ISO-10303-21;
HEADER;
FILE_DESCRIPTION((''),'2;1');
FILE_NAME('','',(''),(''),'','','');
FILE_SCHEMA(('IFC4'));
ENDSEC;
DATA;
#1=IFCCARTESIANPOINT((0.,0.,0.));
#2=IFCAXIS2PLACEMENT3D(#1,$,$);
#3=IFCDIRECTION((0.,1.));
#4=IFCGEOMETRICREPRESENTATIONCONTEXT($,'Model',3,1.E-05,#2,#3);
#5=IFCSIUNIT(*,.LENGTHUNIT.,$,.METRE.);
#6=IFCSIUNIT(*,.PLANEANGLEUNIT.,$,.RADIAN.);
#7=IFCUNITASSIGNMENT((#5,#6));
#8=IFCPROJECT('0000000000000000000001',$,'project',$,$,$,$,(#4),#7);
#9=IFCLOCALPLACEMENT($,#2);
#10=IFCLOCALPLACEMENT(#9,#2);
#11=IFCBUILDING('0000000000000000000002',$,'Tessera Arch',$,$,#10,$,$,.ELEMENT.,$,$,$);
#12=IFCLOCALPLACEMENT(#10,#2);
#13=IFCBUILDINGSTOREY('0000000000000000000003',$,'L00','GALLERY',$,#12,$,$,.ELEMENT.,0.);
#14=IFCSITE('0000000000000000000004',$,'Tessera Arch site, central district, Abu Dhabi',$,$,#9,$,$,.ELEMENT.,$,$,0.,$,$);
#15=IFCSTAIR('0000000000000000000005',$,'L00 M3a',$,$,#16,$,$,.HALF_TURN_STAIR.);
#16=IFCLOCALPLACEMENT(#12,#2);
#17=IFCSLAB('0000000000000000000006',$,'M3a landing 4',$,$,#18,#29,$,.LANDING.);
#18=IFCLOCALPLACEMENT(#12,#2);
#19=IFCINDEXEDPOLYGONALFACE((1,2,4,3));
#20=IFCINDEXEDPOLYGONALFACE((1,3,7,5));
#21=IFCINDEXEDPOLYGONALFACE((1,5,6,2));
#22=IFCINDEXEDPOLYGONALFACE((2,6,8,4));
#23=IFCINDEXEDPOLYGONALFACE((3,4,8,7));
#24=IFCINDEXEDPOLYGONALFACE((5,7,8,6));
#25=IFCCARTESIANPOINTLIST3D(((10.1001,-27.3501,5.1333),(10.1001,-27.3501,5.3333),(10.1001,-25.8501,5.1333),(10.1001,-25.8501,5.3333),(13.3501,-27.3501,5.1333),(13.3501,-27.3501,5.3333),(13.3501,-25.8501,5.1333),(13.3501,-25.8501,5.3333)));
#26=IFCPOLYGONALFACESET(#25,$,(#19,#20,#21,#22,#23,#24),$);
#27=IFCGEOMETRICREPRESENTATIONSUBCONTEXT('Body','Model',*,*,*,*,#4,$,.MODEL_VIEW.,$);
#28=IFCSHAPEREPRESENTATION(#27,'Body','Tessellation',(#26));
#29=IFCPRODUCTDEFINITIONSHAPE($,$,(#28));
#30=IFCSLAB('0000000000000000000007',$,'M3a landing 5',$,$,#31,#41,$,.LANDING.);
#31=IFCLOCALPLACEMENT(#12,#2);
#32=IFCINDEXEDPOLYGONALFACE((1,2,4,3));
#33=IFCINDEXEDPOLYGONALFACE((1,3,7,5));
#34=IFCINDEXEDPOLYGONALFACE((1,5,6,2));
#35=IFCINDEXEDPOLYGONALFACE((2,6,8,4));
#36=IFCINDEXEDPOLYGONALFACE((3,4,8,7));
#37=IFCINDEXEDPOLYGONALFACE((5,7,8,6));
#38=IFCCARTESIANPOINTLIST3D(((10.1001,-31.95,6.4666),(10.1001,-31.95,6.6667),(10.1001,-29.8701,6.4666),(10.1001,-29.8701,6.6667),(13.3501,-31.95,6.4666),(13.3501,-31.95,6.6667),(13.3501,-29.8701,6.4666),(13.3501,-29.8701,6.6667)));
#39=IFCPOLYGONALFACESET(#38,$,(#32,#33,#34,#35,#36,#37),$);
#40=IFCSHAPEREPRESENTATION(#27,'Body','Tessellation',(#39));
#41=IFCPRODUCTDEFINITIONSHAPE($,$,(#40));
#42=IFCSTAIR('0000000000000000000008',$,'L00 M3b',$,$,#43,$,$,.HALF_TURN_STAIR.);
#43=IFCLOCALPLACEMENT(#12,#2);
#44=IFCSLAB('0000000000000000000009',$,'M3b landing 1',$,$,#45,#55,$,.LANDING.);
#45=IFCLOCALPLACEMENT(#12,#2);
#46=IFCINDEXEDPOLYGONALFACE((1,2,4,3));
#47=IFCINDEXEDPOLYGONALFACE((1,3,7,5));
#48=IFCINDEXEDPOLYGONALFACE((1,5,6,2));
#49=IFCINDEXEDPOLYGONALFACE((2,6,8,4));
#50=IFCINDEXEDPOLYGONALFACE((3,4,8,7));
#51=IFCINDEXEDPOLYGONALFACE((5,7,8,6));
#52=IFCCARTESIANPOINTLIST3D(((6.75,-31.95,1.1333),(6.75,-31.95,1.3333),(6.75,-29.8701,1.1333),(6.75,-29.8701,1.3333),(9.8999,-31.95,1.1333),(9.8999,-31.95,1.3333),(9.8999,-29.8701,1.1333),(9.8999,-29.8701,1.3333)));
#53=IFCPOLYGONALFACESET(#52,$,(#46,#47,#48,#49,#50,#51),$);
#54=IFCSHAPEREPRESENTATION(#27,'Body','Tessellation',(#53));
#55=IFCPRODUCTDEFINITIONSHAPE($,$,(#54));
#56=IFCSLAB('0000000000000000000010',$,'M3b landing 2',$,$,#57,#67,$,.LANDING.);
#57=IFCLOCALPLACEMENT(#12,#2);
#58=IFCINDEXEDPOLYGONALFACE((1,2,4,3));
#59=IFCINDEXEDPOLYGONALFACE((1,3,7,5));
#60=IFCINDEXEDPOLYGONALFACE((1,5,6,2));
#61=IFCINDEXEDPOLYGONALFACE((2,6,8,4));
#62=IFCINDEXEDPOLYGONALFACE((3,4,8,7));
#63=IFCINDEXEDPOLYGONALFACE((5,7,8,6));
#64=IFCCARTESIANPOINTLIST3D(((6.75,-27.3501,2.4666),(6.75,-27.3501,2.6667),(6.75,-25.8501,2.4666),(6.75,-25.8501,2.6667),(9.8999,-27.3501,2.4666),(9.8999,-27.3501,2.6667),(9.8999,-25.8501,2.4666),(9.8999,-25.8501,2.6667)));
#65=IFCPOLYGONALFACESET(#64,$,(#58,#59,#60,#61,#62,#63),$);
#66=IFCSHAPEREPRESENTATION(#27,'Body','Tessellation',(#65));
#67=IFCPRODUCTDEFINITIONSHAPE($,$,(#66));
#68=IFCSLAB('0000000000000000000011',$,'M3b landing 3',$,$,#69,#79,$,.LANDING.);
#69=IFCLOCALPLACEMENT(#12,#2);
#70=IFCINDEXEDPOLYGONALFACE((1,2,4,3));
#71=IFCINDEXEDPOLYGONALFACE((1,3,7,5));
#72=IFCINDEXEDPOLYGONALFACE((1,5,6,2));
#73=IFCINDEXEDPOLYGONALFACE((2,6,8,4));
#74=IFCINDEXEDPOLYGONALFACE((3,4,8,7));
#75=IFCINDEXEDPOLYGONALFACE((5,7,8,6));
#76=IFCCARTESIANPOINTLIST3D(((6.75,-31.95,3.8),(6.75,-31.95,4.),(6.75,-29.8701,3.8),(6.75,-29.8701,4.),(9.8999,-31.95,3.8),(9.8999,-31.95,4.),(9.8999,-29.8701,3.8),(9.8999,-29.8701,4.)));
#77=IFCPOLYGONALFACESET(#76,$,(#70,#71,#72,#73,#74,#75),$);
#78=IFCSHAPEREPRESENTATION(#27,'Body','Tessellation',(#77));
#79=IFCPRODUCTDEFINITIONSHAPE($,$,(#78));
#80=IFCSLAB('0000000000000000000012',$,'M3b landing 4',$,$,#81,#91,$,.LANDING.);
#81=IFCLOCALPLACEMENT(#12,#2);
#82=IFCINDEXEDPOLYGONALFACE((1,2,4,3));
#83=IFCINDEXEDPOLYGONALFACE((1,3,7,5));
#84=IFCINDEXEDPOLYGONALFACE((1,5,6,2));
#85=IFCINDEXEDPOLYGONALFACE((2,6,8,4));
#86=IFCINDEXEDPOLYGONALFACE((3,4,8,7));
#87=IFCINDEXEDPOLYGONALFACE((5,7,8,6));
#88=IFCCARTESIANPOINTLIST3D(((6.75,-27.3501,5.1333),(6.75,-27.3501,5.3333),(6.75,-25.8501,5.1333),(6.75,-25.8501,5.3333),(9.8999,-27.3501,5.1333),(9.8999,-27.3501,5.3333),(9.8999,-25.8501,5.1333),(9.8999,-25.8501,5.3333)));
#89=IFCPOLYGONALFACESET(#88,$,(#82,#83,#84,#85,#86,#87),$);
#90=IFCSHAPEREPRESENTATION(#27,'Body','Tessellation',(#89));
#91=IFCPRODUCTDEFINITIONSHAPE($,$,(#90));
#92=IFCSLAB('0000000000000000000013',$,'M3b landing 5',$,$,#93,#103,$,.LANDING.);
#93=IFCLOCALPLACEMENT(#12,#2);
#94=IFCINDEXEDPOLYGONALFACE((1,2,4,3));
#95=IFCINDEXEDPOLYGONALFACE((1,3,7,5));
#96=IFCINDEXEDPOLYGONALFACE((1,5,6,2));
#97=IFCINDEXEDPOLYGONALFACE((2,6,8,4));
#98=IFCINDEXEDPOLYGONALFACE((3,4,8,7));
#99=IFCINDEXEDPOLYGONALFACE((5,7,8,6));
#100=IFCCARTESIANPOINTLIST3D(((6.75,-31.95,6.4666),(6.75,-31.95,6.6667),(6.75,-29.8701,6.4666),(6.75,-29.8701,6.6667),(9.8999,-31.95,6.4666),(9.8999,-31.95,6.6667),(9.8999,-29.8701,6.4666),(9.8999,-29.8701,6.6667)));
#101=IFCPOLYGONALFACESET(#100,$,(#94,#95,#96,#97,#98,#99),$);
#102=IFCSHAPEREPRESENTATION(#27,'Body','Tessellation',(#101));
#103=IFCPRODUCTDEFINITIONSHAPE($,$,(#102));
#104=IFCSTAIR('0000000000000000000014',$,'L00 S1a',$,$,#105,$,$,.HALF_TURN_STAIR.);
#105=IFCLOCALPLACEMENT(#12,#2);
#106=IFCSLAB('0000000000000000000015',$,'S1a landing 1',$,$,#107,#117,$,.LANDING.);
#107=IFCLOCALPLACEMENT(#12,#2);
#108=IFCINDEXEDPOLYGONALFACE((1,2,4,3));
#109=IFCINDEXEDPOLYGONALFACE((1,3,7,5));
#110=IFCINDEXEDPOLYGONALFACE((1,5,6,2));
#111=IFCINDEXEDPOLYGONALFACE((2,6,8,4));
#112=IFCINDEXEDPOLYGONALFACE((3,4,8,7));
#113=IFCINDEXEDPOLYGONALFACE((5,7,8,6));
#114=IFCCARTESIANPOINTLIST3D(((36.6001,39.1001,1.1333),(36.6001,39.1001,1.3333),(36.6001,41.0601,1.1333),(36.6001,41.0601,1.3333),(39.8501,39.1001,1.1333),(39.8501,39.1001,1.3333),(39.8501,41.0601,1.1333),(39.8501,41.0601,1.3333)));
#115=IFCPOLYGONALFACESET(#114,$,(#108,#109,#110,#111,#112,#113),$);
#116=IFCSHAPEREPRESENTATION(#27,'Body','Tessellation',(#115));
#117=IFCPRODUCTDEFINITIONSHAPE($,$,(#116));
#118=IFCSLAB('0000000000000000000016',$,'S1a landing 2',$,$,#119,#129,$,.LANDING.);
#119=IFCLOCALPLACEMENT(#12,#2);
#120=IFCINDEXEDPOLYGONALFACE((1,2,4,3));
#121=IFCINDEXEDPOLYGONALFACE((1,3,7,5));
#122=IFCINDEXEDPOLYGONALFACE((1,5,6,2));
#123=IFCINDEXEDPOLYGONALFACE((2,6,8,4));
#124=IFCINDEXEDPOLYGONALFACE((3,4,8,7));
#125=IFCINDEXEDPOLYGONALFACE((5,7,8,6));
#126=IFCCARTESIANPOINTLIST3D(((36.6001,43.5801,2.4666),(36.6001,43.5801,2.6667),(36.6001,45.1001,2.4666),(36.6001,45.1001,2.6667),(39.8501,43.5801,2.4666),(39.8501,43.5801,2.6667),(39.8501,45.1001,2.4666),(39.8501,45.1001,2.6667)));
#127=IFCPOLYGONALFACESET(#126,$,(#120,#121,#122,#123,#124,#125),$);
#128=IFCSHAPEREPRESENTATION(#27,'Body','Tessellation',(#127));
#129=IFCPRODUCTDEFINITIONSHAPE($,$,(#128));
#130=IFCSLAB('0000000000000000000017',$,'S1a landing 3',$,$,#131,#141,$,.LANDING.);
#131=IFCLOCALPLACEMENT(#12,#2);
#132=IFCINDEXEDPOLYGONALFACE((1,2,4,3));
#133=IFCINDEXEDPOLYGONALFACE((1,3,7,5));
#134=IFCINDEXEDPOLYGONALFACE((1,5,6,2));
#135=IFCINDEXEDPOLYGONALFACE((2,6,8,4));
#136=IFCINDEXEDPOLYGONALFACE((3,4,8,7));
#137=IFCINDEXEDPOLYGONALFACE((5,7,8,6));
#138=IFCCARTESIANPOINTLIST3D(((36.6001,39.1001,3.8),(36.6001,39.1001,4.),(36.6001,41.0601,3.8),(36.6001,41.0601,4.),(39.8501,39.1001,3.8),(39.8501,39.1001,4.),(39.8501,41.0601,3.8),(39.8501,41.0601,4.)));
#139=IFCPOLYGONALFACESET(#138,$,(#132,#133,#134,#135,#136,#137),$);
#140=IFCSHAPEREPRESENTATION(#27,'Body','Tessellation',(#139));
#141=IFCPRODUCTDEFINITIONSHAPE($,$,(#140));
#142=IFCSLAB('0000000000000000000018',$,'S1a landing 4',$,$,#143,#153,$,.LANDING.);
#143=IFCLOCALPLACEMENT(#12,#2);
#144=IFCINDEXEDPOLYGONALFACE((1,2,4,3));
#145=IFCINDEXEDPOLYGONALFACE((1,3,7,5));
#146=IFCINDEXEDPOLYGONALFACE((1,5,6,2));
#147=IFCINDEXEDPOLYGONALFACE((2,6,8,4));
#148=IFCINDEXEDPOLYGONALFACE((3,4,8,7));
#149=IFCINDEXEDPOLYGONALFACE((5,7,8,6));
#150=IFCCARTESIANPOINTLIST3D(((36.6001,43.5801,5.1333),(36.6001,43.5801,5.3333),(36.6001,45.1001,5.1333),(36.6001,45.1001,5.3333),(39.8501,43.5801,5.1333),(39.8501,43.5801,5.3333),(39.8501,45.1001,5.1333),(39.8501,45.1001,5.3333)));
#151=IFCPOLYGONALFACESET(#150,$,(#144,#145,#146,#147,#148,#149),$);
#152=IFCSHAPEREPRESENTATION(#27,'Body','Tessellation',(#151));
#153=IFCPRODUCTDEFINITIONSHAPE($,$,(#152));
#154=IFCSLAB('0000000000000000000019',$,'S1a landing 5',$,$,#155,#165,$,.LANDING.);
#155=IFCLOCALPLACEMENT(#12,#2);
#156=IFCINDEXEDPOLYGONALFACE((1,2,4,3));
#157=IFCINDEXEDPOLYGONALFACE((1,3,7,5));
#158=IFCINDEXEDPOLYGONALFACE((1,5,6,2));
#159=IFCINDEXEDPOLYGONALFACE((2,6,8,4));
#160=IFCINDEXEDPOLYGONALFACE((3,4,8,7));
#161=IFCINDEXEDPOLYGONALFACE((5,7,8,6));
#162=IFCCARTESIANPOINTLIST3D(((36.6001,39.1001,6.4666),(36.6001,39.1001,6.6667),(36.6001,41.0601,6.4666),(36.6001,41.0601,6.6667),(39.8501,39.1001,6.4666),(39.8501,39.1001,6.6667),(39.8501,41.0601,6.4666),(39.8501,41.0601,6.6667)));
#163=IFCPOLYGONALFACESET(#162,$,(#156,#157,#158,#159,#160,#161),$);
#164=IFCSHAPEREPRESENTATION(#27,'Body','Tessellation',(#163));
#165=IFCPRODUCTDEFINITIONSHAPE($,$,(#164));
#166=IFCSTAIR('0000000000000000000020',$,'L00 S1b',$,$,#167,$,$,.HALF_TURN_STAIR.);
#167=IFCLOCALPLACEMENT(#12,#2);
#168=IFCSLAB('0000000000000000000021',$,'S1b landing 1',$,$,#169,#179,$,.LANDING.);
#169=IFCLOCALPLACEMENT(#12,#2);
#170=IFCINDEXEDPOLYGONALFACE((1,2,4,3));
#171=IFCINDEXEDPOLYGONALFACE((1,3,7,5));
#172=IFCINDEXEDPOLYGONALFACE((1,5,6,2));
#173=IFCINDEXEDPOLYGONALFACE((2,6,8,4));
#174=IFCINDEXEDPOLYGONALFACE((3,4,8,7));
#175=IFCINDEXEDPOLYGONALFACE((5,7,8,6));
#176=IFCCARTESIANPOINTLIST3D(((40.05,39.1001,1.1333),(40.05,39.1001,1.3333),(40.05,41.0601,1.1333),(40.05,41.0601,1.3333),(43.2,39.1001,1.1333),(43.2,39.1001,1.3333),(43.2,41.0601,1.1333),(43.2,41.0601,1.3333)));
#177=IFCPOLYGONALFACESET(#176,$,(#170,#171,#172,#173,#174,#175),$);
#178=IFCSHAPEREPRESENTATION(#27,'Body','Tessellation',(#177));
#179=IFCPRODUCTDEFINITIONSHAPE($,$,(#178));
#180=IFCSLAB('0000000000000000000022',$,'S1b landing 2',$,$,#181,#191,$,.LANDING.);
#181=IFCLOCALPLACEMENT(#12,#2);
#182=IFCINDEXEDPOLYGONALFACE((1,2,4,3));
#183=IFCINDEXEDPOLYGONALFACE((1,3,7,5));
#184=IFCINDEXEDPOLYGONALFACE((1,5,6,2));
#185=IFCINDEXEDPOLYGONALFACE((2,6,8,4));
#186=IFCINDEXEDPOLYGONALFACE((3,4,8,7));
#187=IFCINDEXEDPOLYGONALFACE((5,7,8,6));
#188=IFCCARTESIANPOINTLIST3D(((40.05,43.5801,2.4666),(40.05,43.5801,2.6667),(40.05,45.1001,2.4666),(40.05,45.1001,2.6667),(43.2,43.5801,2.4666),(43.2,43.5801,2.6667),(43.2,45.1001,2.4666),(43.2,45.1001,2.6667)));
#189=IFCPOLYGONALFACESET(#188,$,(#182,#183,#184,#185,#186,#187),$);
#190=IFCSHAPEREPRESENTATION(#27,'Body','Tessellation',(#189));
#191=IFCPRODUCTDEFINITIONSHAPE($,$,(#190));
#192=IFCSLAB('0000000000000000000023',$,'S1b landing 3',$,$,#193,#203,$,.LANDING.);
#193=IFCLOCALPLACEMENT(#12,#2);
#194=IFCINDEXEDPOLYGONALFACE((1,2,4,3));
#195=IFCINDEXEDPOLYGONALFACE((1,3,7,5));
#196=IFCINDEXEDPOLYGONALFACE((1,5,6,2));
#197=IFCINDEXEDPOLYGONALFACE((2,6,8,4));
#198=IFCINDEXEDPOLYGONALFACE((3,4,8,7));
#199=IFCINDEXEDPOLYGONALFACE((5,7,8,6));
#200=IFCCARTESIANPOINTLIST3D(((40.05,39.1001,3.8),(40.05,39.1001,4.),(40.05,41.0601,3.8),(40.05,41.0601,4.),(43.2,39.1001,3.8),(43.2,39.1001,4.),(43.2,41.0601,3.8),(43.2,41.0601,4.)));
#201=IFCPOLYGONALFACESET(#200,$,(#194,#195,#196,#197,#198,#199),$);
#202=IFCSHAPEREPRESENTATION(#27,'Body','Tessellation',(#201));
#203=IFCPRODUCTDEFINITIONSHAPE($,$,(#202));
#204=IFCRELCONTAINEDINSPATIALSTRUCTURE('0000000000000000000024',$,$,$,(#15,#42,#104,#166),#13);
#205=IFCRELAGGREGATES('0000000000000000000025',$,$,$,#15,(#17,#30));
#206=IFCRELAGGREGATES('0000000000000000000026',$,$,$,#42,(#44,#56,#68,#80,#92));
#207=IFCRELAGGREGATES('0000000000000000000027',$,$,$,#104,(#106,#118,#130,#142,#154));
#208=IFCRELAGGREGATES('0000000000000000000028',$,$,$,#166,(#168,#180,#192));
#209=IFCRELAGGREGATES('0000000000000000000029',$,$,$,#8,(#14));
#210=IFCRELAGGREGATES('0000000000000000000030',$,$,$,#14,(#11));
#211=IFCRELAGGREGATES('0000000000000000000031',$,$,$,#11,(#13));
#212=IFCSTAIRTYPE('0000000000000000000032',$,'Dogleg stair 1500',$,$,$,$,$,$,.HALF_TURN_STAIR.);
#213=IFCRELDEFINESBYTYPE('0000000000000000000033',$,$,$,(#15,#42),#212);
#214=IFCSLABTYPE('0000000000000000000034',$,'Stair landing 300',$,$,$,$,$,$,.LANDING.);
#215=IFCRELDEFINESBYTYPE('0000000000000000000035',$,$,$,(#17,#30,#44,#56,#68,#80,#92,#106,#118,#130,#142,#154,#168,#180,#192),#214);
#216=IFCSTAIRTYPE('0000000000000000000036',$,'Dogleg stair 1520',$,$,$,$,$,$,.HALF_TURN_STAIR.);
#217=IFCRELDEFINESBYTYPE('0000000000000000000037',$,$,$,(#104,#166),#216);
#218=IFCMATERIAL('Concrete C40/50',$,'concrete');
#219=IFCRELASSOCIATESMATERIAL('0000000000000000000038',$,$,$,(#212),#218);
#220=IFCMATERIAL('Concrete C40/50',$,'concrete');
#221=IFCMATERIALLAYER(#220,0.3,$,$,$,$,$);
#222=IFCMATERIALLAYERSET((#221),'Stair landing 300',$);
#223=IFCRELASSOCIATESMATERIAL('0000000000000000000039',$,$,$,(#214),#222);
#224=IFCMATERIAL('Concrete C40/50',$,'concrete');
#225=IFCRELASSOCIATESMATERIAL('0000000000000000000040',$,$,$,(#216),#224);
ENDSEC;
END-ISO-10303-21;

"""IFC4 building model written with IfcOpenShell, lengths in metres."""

from ifc_helpers import new_model, si_unit, direction, frame, origin, place, context, subcontext, project, spatial, polyline, outline, extrude, material, layer, layer_set, type_object, element, aggregate, save


model = new_model("IFC4")

# Units and contexts
model_context = context("Model", 3, precision=1e-05, world=origin(), true_north=direction((0.0, 1.0)))
body_context = subcontext(model_context, "Body", "Model", "MODEL_VIEW")
ifc_project = project(units=[si_unit("LENGTHUNIT", "METRE"), si_unit("PLANEANGLEUNIT", "RADIAN")], contexts=[model_context])

# Site, building, storey
site_placement = place(None, origin())
site = spatial("IfcSite", under=ifc_project, at=site_placement, Name="Tessera Arch site, central district, Abu Dhabi", CompositionType="ELEMENT", RefElevation=0.0)
building_placement = place(site_placement, origin())
building = spatial("IfcBuilding", under=site, at=building_placement, Name="Tessera Arch", CompositionType="ELEMENT")
storey_placement = place(building_placement, origin())
storey = spatial("IfcBuildingStorey", under=building, at=storey_placement, Name="L00", Description="GALLERY", CompositionType="ELEMENT", Elevation=0.0)

# Stairs, slabs
ifc_material_1 = material(Name="Concrete C40/50", Category="concrete")
stair_type_1 = type_object("IfcStairType", Name="Dogleg stair 1500", PredefinedType="HALF_TURN_STAIR", material=ifc_material_1)
stair_1_placement = place(storey_placement, origin())
stair_1 = element("IfcStair", 1, at=stair_1_placement, inside=storey, type_object=stair_type_1, Name="L00 M3a", PredefinedType="HALF_TURN_STAIR")
ifc_material_2 = material(Name="Concrete C40/50", Category="concrete")
ifc_layer = layer(ifc_material_2, 0.3)
ifc_layer_set = layer_set([ifc_layer], Name="Stair landing 300")
slab_type = type_object("IfcSlabType", Name="Stair landing 300", PredefinedType="LANDING", material=ifc_layer_set)
slab_1_placement = place(storey_placement, frame((0.0, 0.0, 5.1333)))
slab_1 = element("IfcSlab", 2, at=slab_1_placement, type_object=slab_type, Name="M3a landing 4", PredefinedType="LANDING", context=body_context, shape_type="SweptSolid", body=[
    extrude(outline(polyline([(10.1001, -25.8501), (10.1001, -27.3501), (13.3501, -27.3501), (13.3501, -25.8501), (10.1001, -25.8501)])), origin(), (0.0, 0.0, 1.0), 0.2),
])
slab_2_placement = place(storey_placement, frame((0.0, 0.0, 6.4666)))
slab_2 = element("IfcSlab", 3, at=slab_2_placement, type_object=slab_type, Name="M3a landing 5", PredefinedType="LANDING", context=body_context, shape_type="SweptSolid", body=[
    extrude(outline(polyline([(10.1001, -29.8701), (10.1001, -31.95), (13.3501, -31.95), (13.3501, -29.8701), (10.1001, -29.8701)])), origin(), (0.0, 0.0, 1.0), 0.2002),
])
aggregate(stair_1, [slab_1, slab_2])
stair_2_placement = place(storey_placement, origin())
stair_2 = element("IfcStair", 4, at=stair_2_placement, inside=storey, type_object=stair_type_1, Name="L00 M3b", PredefinedType="HALF_TURN_STAIR")
slab_3_placement = place(storey_placement, frame((0.0, 0.0, 1.1333)))
slab_3 = element("IfcSlab", 5, at=slab_3_placement, type_object=slab_type, Name="M3b landing 1", PredefinedType="LANDING", context=body_context, shape_type="SweptSolid", body=[
    extrude(outline(polyline([(6.75, -29.8701), (6.75, -31.95), (9.8999, -31.95), (9.8999, -29.8701), (6.75, -29.8701)])), origin(), (0.0, 0.0, 1.0), 0.2),
])
slab_4_placement = place(storey_placement, frame((0.0, 0.0, 2.4666)))
slab_4 = element("IfcSlab", 6, at=slab_4_placement, type_object=slab_type, Name="M3b landing 2", PredefinedType="LANDING", context=body_context, shape_type="SweptSolid", body=[
    extrude(outline(polyline([(6.75, -25.8501), (6.75, -27.3501), (9.8999, -27.3501), (9.8999, -25.8501), (6.75, -25.8501)])), origin(), (0.0, 0.0, 1.0), 0.2002),
])
slab_5_placement = place(storey_placement, frame((0.0, 0.0, 3.8)))
slab_5 = element("IfcSlab", 7, at=slab_5_placement, type_object=slab_type, Name="M3b landing 3", PredefinedType="LANDING", context=body_context, shape_type="SweptSolid", body=[
    extrude(outline(polyline([(6.75, -29.8701), (6.75, -31.95), (9.8999, -31.95), (9.8999, -29.8701), (6.75, -29.8701)])), origin(), (0.0, 0.0, 1.0), 0.2),
])
slab_6_placement = place(storey_placement, frame((0.0, 0.0, 5.1333)))
slab_6 = element("IfcSlab", 8, at=slab_6_placement, type_object=slab_type, Name="M3b landing 4", PredefinedType="LANDING", context=body_context, shape_type="SweptSolid", body=[
    extrude(outline(polyline([(6.75, -25.8501), (6.75, -27.3501), (9.8999, -27.3501), (9.8999, -25.8501), (6.75, -25.8501)])), origin(), (0.0, 0.0, 1.0), 0.2),
])
slab_7_placement = place(storey_placement, frame((0.0, 0.0, 6.4666)))
slab_7 = element("IfcSlab", 9, at=slab_7_placement, type_object=slab_type, Name="M3b landing 5", PredefinedType="LANDING", context=body_context, shape_type="SweptSolid", body=[
    extrude(outline(polyline([(6.75, -29.8701), (6.75, -31.95), (9.8999, -31.95), (9.8999, -29.8701), (6.75, -29.8701)])), origin(), (0.0, 0.0, 1.0), 0.2002),
])
aggregate(stair_2, [slab_3, slab_4, slab_5, slab_6, slab_7])
ifc_material_3 = material(Name="Concrete C40/50", Category="concrete")
stair_type_2 = type_object("IfcStairType", Name="Dogleg stair 1520", PredefinedType="HALF_TURN_STAIR", material=ifc_material_3)
stair_3_placement = place(storey_placement, origin())
stair_3 = element("IfcStair", 10, at=stair_3_placement, inside=storey, type_object=stair_type_2, Name="L00 S1a", PredefinedType="HALF_TURN_STAIR")
slab_8_placement = place(storey_placement, frame((0.0, 0.0, 1.1333)))
slab_8 = element("IfcSlab", 11, at=slab_8_placement, type_object=slab_type, Name="S1a landing 1", PredefinedType="LANDING", context=body_context, shape_type="SweptSolid", body=[
    extrude(outline(polyline([(36.6001, 41.0601), (36.6001, 39.1001), (39.8501, 39.1001), (39.8501, 41.0601), (36.6001, 41.0601)])), origin(), (0.0, 0.0, 1.0), 0.2),
])
slab_9_placement = place(storey_placement, frame((0.0, 0.0, 2.4666)))
slab_9 = element("IfcSlab", 12, at=slab_9_placement, type_object=slab_type, Name="S1a landing 2", PredefinedType="LANDING", context=body_context, shape_type="SweptSolid", body=[
    extrude(outline(polyline([(36.6001, 45.1001), (36.6001, 43.5801), (39.8501, 43.5801), (39.8501, 45.1001), (36.6001, 45.1001)])), origin(), (0.0, 0.0, 1.0), 0.2002),
])
slab_10_placement = place(storey_placement, frame((0.0, 0.0, 3.8)))
slab_10 = element("IfcSlab", 13, at=slab_10_placement, type_object=slab_type, Name="S1a landing 3", PredefinedType="LANDING", context=body_context, shape_type="SweptSolid", body=[
    extrude(outline(polyline([(36.6001, 41.0601), (36.6001, 39.1001), (39.8501, 39.1001), (39.8501, 41.0601), (36.6001, 41.0601)])), origin(), (0.0, 0.0, 1.0), 0.2),
])
slab_11_placement = place(storey_placement, frame((0.0, 0.0, 5.1333)))
slab_11 = element("IfcSlab", 14, at=slab_11_placement, type_object=slab_type, Name="S1a landing 4", PredefinedType="LANDING", context=body_context, shape_type="SweptSolid", body=[
    extrude(outline(polyline([(36.6001, 45.1001), (36.6001, 43.5801), (39.8501, 43.5801), (39.8501, 45.1001), (36.6001, 45.1001)])), origin(), (0.0, 0.0, 1.0), 0.2),
])
slab_12_placement = place(storey_placement, frame((0.0, 0.0, 6.4666)))
slab_12 = element("IfcSlab", 15, at=slab_12_placement, type_object=slab_type, Name="S1a landing 5", PredefinedType="LANDING", context=body_context, shape_type="SweptSolid", body=[
    extrude(outline(polyline([(36.6001, 41.0601), (36.6001, 39.1001), (39.8501, 39.1001), (39.8501, 41.0601), (36.6001, 41.0601)])), origin(), (0.0, 0.0, 1.0), 0.2002),
])
aggregate(stair_3, [slab_8, slab_9, slab_10, slab_11, slab_12])
stair_4_placement = place(storey_placement, origin())
stair_4 = element("IfcStair", 16, at=stair_4_placement, inside=storey, type_object=stair_type_2, Name="L00 S1b", PredefinedType="HALF_TURN_STAIR")
slab_13_placement = place(storey_placement, frame((0.0, 0.0, 1.1333)))
slab_13 = element("IfcSlab", 17, at=slab_13_placement, type_object=slab_type, Name="S1b landing 1", PredefinedType="LANDING", context=body_context, shape_type="SweptSolid", body=[
    extrude(outline(polyline([(40.05, 41.0601), (40.05, 39.1001), (43.2, 39.1001), (43.2, 41.0601), (40.05, 41.0601)])), origin(), (0.0, 0.0, 1.0), 0.2),
])
slab_14_placement = place(storey_placement, frame((0.0, 0.0, 2.4666)))
slab_14 = element("IfcSlab", 18, at=slab_14_placement, type_object=slab_type, Name="S1b landing 2", PredefinedType="LANDING", context=body_context, shape_type="SweptSolid", body=[
    extrude(outline(polyline([(40.05, 45.1001), (40.05, 43.5801), (43.2, 43.5801), (43.2, 45.1001), (40.05, 45.1001)])), origin(), (0.0, 0.0, 1.0), 0.2002),
])
slab_15_placement = place(storey_placement, frame((0.0, 0.0, 3.8)))
slab_15 = element("IfcSlab", 19, at=slab_15_placement, type_object=slab_type, Name="S1b landing 3", PredefinedType="LANDING", context=body_context, shape_type="SweptSolid", body=[
    extrude(outline(polyline([(40.05, 41.0601), (40.05, 39.1001), (43.2, 39.1001), (43.2, 41.0601), (40.05, 41.0601)])), origin(), (0.0, 0.0, 1.0), 0.2),
])
aggregate(stair_4, [slab_13, slab_14, slab_15])

save(model, "model.ifc")
